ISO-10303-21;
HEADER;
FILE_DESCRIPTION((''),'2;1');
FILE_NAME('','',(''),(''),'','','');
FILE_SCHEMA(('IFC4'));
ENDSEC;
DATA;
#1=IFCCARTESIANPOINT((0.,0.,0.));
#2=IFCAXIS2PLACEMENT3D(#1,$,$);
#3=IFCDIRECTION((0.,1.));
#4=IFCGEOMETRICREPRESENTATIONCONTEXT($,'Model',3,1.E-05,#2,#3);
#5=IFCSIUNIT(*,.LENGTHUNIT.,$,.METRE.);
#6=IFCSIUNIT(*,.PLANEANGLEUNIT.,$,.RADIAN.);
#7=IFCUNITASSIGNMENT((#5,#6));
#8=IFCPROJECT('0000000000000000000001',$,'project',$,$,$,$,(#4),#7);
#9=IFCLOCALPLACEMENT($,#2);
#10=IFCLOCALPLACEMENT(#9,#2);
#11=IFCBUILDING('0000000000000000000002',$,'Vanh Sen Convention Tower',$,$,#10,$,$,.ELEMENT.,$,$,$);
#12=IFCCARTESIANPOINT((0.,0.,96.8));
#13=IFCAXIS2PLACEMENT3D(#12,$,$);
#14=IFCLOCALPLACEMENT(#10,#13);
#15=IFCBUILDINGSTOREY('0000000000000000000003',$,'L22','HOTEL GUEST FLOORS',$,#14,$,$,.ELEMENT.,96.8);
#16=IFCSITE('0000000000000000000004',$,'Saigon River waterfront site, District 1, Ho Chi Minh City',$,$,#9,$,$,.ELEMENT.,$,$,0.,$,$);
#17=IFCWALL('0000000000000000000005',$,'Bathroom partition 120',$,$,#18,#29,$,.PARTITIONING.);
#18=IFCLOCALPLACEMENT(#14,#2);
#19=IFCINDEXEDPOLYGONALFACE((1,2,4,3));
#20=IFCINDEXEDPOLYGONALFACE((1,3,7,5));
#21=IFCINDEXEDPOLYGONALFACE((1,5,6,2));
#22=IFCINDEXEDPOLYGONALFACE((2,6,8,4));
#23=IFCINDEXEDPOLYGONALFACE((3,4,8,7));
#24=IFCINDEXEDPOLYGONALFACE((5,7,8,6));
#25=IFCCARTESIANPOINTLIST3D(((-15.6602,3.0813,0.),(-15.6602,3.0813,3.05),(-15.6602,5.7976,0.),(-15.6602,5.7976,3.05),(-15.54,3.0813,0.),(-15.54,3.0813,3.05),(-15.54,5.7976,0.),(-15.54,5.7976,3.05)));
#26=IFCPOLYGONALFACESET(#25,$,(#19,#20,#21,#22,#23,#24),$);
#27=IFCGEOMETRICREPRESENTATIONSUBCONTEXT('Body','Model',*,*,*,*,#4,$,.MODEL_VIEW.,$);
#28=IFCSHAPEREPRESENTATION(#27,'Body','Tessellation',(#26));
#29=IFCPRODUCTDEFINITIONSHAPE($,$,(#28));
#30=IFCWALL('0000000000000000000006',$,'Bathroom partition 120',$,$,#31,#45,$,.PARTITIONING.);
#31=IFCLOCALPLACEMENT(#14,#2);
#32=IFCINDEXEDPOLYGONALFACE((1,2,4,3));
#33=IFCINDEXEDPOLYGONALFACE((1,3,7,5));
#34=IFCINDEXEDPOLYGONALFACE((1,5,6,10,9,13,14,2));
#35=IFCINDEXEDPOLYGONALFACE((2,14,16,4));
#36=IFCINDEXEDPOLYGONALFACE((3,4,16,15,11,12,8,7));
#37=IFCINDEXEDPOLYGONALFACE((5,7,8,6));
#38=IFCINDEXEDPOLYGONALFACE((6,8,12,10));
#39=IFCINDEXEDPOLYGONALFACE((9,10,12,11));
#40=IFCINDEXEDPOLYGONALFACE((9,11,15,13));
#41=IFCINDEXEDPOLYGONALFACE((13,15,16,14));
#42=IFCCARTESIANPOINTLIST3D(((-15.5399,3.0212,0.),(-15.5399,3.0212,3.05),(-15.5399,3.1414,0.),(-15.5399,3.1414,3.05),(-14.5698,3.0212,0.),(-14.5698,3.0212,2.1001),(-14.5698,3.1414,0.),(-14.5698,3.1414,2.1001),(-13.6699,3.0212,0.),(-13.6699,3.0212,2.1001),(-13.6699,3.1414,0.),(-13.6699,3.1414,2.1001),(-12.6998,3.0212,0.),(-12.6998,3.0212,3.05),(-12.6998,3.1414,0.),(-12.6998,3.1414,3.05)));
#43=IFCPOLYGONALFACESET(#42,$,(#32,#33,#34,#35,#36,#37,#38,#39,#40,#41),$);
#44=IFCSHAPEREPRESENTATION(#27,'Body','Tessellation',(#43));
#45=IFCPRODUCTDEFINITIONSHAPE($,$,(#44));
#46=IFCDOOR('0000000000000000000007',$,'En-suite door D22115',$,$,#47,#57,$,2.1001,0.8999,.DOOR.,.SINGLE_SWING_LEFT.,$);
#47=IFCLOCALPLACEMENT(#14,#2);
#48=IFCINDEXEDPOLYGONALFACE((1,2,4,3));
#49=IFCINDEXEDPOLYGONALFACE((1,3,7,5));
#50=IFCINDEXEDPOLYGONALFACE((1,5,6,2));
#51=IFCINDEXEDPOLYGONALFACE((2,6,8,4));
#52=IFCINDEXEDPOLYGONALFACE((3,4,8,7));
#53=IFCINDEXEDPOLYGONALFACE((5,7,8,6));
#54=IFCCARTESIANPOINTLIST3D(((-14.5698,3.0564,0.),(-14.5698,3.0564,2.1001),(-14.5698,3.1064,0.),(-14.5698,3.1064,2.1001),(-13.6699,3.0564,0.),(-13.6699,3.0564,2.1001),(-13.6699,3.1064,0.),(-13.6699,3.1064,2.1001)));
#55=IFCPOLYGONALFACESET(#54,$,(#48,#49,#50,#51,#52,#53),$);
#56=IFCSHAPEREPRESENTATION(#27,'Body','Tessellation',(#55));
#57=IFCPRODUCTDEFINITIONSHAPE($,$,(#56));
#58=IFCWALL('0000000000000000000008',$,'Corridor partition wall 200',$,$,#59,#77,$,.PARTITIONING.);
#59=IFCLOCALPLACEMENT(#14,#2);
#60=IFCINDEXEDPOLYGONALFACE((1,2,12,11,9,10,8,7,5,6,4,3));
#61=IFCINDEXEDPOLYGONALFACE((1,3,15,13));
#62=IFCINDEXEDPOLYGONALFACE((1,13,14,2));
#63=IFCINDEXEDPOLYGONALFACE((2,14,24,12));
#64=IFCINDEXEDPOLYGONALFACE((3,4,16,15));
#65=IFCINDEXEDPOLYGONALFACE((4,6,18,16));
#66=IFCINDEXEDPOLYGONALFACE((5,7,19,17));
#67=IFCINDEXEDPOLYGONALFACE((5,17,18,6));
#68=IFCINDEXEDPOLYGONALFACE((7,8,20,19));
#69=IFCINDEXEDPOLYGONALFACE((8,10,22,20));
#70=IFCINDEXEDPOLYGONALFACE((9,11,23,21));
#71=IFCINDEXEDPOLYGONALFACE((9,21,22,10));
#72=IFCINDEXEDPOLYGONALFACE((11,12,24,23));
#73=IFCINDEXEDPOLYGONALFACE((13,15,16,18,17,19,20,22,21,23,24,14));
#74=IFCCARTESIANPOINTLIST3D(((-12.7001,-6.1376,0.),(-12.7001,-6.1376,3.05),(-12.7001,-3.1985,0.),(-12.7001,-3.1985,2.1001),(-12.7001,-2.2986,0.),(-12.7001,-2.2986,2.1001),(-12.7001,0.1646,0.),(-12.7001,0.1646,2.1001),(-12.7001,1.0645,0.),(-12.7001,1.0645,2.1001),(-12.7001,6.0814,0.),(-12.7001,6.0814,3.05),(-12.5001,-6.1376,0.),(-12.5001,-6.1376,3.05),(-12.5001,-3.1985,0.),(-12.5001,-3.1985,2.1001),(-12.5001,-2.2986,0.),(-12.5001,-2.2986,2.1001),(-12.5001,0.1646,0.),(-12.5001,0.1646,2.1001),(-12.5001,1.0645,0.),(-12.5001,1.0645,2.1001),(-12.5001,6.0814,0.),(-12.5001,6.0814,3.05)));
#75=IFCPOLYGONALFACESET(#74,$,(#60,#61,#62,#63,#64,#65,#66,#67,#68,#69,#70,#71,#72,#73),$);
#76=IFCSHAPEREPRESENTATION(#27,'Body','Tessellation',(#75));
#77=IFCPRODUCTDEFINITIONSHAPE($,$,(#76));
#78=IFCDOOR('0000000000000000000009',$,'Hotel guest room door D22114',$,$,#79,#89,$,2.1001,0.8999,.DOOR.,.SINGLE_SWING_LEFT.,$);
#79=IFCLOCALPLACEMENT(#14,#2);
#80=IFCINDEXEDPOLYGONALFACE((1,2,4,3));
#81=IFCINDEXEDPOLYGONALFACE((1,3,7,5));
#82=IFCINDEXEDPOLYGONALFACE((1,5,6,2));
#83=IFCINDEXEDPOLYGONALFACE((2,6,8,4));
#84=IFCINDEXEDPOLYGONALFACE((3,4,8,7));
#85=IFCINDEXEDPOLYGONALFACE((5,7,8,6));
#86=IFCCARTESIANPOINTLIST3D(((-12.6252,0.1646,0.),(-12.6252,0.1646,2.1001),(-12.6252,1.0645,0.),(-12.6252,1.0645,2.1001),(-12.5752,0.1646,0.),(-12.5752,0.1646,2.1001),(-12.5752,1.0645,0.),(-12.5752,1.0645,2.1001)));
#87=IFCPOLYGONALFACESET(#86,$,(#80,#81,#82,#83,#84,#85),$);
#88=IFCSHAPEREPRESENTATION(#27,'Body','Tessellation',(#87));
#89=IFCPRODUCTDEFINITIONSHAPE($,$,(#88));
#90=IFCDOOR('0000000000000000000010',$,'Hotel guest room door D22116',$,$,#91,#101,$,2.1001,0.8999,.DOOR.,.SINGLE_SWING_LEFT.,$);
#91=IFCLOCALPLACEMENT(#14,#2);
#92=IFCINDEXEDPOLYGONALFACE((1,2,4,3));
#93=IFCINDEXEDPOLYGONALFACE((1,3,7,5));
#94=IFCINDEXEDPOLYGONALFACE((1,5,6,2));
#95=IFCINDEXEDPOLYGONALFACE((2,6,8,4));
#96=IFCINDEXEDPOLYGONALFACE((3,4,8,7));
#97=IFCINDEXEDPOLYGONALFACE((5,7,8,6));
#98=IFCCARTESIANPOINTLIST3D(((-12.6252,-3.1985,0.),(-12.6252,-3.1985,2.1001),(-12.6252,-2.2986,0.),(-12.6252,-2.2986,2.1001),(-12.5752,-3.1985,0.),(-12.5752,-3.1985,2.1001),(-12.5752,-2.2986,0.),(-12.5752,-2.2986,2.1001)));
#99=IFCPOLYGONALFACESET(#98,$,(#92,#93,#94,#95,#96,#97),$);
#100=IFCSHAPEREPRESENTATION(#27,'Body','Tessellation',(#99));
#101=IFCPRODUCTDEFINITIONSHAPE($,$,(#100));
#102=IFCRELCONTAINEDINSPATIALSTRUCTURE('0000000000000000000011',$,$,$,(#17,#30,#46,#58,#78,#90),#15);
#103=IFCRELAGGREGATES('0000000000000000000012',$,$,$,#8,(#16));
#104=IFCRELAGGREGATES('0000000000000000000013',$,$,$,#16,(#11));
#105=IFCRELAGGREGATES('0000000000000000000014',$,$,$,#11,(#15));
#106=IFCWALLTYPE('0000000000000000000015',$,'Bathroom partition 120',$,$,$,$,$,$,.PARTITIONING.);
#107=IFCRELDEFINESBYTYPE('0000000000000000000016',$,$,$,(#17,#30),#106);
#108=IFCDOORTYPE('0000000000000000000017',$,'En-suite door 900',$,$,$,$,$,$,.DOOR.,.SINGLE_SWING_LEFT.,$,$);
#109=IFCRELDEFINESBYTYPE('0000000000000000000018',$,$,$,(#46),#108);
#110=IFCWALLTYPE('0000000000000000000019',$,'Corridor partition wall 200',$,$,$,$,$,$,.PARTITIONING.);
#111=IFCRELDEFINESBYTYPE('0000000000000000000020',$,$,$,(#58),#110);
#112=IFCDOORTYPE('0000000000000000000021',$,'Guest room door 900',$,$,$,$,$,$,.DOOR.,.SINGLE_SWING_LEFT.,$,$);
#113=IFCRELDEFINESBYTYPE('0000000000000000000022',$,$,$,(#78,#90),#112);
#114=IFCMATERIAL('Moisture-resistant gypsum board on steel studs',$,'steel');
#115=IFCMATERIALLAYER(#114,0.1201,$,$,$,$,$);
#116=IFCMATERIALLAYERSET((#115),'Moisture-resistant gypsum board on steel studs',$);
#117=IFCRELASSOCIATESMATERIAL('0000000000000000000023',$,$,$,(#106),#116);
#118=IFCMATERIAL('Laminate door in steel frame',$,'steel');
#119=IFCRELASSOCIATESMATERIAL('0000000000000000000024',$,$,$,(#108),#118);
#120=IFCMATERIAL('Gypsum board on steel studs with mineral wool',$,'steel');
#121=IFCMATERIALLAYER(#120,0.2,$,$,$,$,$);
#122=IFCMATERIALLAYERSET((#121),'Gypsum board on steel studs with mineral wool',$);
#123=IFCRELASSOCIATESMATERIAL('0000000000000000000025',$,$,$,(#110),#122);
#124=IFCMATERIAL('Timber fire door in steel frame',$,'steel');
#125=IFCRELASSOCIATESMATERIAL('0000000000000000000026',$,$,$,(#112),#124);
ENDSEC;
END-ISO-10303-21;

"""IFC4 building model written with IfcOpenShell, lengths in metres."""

from ifc_helpers import new_model, si_unit, direction, frame, frame_2d, origin, place, context, subcontext, project, spatial, rectangle, extrude, material, layer, layer_set, type_object, element, fill, save


model = new_model("IFC4")

# Units and contexts
model_context = context("Model", 3, precision=1e-05, world=origin(), true_north=direction((0.0, 1.0)))
body_context = subcontext(model_context, "Body", "Model", "MODEL_VIEW")
ifc_project = project(units=[si_unit("LENGTHUNIT", "METRE"), si_unit("PLANEANGLEUNIT", "RADIAN")], contexts=[model_context])

# Site, building, storey
site_placement = place(None, origin())
site = spatial("IfcSite", under=ifc_project, at=site_placement, Name="Saigon River waterfront site, District 1, Ho Chi Minh City", CompositionType="ELEMENT", RefElevation=0.0)
building_placement = place(site_placement, origin())
building = spatial("IfcBuilding", under=site, at=building_placement, Name="Vanh Sen Convention Tower", CompositionType="ELEMENT")
storey_placement = place(building_placement, frame((0.0, 0.0, 96.8)))
storey = spatial("IfcBuildingStorey", under=building, at=storey_placement, Name="L22", Description="HOTEL GUEST FLOORS", CompositionType="ELEMENT", Elevation=96.8)

# Wall
ifc_material_1 = material(Name="Moisture-resistant gypsum board on steel studs", Category="steel")
ifc_layer_1 = layer(ifc_material_1, 0.1201)
ifc_layer_set_1 = layer_set([ifc_layer_1], Name="Moisture-resistant gypsum board on steel studs")
wall_type_1 = type_object("IfcWallType", Name="Bathroom partition 120", PredefinedType="PARTITIONING", material=ifc_layer_set_1)
wall_1_placement = place(storey_placement, frame((-15.6001, 3.0813, 0.0), z_axis=(0.0, 0.0, 1.0), x_axis=(0.0, 1.0, 0.0)))
element("IfcWall", 1, at=wall_1_placement, inside=storey, type_object=wall_type_1, Name="Bathroom partition 120", PredefinedType="PARTITIONING", context=body_context, shape_type="SweptSolid", body=[
    extrude(rectangle(XDim=2.7163, YDim=0.1201, at=frame_2d((1.3582, 0.0))), origin(), (0.0, 0.0, 1.0), 3.05),
])

# Wall, opening, door
wall_2_placement = place(storey_placement, frame((-12.7, 3.0813, 0.0), z_axis=(0.0, 0.0, 1.0), x_axis=(-1.0, 0.0, 0.0)))
wall_2 = element("IfcWall", 2, at=wall_2_placement, inside=storey, type_object=wall_type_1, Name="Bathroom partition 120", PredefinedType="PARTITIONING", context=body_context, shape_type="SweptSolid", body=[
    extrude(rectangle(XDim=2.8401, YDim=0.1201, at=frame_2d((1.4199, 0.0))), origin(), (0.0, 0.0, 1.0), 3.05),
])
opening_1_placement = place(wall_2_placement, frame((0.97, 0.0, 0.0)))
opening_1 = element("IfcOpeningElement", 3, at=opening_1_placement, cuts=wall_2, PredefinedType="OPENING", context=body_context, shape_type="SweptSolid", body=[
    extrude(rectangle(XDim=0.8999, YDim=2.1001, at=frame_2d((0.45, 1.05))), frame((0.0, 0.0701, 0.0), z_axis=(0.0, -1.0, 0.0), x_axis=(1.0, 0.0, 0.0)), (0.0, 0.0, 1.0), 0.1401),
])
ifc_material_2 = material(Name="Laminate door in steel frame", Category="steel")
door_type_1 = type_object("IfcDoorType", Name="En-suite door 900", OperationType="SINGLE_SWING_LEFT", PredefinedType="DOOR", material=ifc_material_2)
door_1_placement = place(opening_1_placement, origin())
door_1 = element("IfcDoor", 4, at=door_1_placement, inside=storey, type_object=door_type_1, Name="En-suite door D22115", OperationType="SINGLE_SWING_LEFT", OverallHeight=2.1001, OverallWidth=0.8999, PredefinedType="DOOR", context=body_context, shape_type="SweptSolid", body=[
    extrude(rectangle(XDim=0.8999, YDim=2.1001, at=frame_2d((0.45, 1.05))), frame((0.0, 0.0249, 0.0), z_axis=(0.0, -1.0, 0.0), x_axis=(1.0, 0.0, 0.0)), (0.0, 0.0, 1.0), 0.05),
])
fill(opening_1, door_1)

# Wall, openings, doors
ifc_material_3 = material(Name="Gypsum board on steel studs with mineral wool", Category="steel")
ifc_layer_2 = layer(ifc_material_3, 0.2)
ifc_layer_set_2 = layer_set([ifc_layer_2], Name="Gypsum board on steel studs with mineral wool")
wall_type_2 = type_object("IfcWallType", Name="Corridor partition wall 200", PredefinedType="PARTITIONING", material=ifc_layer_set_2)
wall_3_placement = place(storey_placement, frame((-12.6001, 6.0813, 0.0), z_axis=(0.0, 0.0, 1.0), x_axis=(0.0, -1.0, 0.0)))
wall_3 = element("IfcWall", 5, at=wall_3_placement, inside=storey, type_object=wall_type_2, Name="Corridor partition wall 200", PredefinedType="PARTITIONING", context=body_context, shape_type="SweptSolid", body=[
    extrude(rectangle(XDim=12.219, YDim=0.2, at=frame_2d((6.1094, 0.0))), origin(), (0.0, 0.0, 1.0), 3.05),
])
opening_2_placement = place(wall_3_placement, frame((5.0168, 0.0, 0.0)))
opening_2 = element("IfcOpeningElement", 6, at=opening_2_placement, cuts=wall_3, PredefinedType="OPENING", context=body_context, shape_type="SweptSolid", body=[
    extrude(rectangle(XDim=0.8999, YDim=2.1001, at=frame_2d((0.45, 1.05))), frame((0.0, 0.1099, 0.0), z_axis=(0.0, -1.0, 0.0), x_axis=(1.0, 0.0, 0.0)), (0.0, 0.0, 1.0), 0.22),
])
opening_3_placement = place(wall_3_placement, frame((8.3799, 0.0, 0.0)))
opening_3 = element("IfcOpeningElement", 7, at=opening_3_placement, cuts=wall_3, PredefinedType="OPENING", context=body_context, shape_type="SweptSolid", body=[
    extrude(rectangle(XDim=0.8999, YDim=2.1001, at=frame_2d((0.45, 1.05))), frame((0.0, 0.1099, 0.0), z_axis=(0.0, -1.0, 0.0), x_axis=(1.0, 0.0, 0.0)), (0.0, 0.0, 1.0), 0.22),
])
ifc_material_4 = material(Name="Timber fire door in steel frame", Category="steel")
door_type_2 = type_object("IfcDoorType", Name="Guest room door 900", OperationType="SINGLE_SWING_LEFT", PredefinedType="DOOR", material=ifc_material_4)
door_2_placement = place(opening_2_placement, origin())
door_2 = element("IfcDoor", 8, at=door_2_placement, inside=storey, type_object=door_type_2, Name="Hotel guest room door D22114", OperationType="SINGLE_SWING_LEFT", OverallHeight=2.1001, OverallWidth=0.8999, PredefinedType="DOOR", context=body_context, shape_type="SweptSolid", body=[
    extrude(rectangle(XDim=0.8999, YDim=2.1001, at=frame_2d((0.45, 1.05))), frame((0.0, 0.0249, 0.0), z_axis=(0.0, -1.0, 0.0), x_axis=(1.0, 0.0, 0.0)), (0.0, 0.0, 1.0), 0.05),
])
fill(opening_2, door_2)
door_3_placement = place(opening_3_placement, origin())
door_3 = element("IfcDoor", 9, at=door_3_placement, inside=storey, type_object=door_type_2, Name="Hotel guest room door D22116", OperationType="SINGLE_SWING_LEFT", OverallHeight=2.1001, OverallWidth=0.8999, PredefinedType="DOOR", context=body_context, shape_type="SweptSolid", body=[
    extrude(rectangle(XDim=0.8999, YDim=2.1001, at=frame_2d((0.45, 1.05))), frame((0.0, 0.0249, 0.0), z_axis=(0.0, -1.0, 0.0), x_axis=(1.0, 0.0, 0.0)), (0.0, 0.0, 1.0), 0.05),
])
fill(opening_3, door_3)

save(model, "model.ifc")
